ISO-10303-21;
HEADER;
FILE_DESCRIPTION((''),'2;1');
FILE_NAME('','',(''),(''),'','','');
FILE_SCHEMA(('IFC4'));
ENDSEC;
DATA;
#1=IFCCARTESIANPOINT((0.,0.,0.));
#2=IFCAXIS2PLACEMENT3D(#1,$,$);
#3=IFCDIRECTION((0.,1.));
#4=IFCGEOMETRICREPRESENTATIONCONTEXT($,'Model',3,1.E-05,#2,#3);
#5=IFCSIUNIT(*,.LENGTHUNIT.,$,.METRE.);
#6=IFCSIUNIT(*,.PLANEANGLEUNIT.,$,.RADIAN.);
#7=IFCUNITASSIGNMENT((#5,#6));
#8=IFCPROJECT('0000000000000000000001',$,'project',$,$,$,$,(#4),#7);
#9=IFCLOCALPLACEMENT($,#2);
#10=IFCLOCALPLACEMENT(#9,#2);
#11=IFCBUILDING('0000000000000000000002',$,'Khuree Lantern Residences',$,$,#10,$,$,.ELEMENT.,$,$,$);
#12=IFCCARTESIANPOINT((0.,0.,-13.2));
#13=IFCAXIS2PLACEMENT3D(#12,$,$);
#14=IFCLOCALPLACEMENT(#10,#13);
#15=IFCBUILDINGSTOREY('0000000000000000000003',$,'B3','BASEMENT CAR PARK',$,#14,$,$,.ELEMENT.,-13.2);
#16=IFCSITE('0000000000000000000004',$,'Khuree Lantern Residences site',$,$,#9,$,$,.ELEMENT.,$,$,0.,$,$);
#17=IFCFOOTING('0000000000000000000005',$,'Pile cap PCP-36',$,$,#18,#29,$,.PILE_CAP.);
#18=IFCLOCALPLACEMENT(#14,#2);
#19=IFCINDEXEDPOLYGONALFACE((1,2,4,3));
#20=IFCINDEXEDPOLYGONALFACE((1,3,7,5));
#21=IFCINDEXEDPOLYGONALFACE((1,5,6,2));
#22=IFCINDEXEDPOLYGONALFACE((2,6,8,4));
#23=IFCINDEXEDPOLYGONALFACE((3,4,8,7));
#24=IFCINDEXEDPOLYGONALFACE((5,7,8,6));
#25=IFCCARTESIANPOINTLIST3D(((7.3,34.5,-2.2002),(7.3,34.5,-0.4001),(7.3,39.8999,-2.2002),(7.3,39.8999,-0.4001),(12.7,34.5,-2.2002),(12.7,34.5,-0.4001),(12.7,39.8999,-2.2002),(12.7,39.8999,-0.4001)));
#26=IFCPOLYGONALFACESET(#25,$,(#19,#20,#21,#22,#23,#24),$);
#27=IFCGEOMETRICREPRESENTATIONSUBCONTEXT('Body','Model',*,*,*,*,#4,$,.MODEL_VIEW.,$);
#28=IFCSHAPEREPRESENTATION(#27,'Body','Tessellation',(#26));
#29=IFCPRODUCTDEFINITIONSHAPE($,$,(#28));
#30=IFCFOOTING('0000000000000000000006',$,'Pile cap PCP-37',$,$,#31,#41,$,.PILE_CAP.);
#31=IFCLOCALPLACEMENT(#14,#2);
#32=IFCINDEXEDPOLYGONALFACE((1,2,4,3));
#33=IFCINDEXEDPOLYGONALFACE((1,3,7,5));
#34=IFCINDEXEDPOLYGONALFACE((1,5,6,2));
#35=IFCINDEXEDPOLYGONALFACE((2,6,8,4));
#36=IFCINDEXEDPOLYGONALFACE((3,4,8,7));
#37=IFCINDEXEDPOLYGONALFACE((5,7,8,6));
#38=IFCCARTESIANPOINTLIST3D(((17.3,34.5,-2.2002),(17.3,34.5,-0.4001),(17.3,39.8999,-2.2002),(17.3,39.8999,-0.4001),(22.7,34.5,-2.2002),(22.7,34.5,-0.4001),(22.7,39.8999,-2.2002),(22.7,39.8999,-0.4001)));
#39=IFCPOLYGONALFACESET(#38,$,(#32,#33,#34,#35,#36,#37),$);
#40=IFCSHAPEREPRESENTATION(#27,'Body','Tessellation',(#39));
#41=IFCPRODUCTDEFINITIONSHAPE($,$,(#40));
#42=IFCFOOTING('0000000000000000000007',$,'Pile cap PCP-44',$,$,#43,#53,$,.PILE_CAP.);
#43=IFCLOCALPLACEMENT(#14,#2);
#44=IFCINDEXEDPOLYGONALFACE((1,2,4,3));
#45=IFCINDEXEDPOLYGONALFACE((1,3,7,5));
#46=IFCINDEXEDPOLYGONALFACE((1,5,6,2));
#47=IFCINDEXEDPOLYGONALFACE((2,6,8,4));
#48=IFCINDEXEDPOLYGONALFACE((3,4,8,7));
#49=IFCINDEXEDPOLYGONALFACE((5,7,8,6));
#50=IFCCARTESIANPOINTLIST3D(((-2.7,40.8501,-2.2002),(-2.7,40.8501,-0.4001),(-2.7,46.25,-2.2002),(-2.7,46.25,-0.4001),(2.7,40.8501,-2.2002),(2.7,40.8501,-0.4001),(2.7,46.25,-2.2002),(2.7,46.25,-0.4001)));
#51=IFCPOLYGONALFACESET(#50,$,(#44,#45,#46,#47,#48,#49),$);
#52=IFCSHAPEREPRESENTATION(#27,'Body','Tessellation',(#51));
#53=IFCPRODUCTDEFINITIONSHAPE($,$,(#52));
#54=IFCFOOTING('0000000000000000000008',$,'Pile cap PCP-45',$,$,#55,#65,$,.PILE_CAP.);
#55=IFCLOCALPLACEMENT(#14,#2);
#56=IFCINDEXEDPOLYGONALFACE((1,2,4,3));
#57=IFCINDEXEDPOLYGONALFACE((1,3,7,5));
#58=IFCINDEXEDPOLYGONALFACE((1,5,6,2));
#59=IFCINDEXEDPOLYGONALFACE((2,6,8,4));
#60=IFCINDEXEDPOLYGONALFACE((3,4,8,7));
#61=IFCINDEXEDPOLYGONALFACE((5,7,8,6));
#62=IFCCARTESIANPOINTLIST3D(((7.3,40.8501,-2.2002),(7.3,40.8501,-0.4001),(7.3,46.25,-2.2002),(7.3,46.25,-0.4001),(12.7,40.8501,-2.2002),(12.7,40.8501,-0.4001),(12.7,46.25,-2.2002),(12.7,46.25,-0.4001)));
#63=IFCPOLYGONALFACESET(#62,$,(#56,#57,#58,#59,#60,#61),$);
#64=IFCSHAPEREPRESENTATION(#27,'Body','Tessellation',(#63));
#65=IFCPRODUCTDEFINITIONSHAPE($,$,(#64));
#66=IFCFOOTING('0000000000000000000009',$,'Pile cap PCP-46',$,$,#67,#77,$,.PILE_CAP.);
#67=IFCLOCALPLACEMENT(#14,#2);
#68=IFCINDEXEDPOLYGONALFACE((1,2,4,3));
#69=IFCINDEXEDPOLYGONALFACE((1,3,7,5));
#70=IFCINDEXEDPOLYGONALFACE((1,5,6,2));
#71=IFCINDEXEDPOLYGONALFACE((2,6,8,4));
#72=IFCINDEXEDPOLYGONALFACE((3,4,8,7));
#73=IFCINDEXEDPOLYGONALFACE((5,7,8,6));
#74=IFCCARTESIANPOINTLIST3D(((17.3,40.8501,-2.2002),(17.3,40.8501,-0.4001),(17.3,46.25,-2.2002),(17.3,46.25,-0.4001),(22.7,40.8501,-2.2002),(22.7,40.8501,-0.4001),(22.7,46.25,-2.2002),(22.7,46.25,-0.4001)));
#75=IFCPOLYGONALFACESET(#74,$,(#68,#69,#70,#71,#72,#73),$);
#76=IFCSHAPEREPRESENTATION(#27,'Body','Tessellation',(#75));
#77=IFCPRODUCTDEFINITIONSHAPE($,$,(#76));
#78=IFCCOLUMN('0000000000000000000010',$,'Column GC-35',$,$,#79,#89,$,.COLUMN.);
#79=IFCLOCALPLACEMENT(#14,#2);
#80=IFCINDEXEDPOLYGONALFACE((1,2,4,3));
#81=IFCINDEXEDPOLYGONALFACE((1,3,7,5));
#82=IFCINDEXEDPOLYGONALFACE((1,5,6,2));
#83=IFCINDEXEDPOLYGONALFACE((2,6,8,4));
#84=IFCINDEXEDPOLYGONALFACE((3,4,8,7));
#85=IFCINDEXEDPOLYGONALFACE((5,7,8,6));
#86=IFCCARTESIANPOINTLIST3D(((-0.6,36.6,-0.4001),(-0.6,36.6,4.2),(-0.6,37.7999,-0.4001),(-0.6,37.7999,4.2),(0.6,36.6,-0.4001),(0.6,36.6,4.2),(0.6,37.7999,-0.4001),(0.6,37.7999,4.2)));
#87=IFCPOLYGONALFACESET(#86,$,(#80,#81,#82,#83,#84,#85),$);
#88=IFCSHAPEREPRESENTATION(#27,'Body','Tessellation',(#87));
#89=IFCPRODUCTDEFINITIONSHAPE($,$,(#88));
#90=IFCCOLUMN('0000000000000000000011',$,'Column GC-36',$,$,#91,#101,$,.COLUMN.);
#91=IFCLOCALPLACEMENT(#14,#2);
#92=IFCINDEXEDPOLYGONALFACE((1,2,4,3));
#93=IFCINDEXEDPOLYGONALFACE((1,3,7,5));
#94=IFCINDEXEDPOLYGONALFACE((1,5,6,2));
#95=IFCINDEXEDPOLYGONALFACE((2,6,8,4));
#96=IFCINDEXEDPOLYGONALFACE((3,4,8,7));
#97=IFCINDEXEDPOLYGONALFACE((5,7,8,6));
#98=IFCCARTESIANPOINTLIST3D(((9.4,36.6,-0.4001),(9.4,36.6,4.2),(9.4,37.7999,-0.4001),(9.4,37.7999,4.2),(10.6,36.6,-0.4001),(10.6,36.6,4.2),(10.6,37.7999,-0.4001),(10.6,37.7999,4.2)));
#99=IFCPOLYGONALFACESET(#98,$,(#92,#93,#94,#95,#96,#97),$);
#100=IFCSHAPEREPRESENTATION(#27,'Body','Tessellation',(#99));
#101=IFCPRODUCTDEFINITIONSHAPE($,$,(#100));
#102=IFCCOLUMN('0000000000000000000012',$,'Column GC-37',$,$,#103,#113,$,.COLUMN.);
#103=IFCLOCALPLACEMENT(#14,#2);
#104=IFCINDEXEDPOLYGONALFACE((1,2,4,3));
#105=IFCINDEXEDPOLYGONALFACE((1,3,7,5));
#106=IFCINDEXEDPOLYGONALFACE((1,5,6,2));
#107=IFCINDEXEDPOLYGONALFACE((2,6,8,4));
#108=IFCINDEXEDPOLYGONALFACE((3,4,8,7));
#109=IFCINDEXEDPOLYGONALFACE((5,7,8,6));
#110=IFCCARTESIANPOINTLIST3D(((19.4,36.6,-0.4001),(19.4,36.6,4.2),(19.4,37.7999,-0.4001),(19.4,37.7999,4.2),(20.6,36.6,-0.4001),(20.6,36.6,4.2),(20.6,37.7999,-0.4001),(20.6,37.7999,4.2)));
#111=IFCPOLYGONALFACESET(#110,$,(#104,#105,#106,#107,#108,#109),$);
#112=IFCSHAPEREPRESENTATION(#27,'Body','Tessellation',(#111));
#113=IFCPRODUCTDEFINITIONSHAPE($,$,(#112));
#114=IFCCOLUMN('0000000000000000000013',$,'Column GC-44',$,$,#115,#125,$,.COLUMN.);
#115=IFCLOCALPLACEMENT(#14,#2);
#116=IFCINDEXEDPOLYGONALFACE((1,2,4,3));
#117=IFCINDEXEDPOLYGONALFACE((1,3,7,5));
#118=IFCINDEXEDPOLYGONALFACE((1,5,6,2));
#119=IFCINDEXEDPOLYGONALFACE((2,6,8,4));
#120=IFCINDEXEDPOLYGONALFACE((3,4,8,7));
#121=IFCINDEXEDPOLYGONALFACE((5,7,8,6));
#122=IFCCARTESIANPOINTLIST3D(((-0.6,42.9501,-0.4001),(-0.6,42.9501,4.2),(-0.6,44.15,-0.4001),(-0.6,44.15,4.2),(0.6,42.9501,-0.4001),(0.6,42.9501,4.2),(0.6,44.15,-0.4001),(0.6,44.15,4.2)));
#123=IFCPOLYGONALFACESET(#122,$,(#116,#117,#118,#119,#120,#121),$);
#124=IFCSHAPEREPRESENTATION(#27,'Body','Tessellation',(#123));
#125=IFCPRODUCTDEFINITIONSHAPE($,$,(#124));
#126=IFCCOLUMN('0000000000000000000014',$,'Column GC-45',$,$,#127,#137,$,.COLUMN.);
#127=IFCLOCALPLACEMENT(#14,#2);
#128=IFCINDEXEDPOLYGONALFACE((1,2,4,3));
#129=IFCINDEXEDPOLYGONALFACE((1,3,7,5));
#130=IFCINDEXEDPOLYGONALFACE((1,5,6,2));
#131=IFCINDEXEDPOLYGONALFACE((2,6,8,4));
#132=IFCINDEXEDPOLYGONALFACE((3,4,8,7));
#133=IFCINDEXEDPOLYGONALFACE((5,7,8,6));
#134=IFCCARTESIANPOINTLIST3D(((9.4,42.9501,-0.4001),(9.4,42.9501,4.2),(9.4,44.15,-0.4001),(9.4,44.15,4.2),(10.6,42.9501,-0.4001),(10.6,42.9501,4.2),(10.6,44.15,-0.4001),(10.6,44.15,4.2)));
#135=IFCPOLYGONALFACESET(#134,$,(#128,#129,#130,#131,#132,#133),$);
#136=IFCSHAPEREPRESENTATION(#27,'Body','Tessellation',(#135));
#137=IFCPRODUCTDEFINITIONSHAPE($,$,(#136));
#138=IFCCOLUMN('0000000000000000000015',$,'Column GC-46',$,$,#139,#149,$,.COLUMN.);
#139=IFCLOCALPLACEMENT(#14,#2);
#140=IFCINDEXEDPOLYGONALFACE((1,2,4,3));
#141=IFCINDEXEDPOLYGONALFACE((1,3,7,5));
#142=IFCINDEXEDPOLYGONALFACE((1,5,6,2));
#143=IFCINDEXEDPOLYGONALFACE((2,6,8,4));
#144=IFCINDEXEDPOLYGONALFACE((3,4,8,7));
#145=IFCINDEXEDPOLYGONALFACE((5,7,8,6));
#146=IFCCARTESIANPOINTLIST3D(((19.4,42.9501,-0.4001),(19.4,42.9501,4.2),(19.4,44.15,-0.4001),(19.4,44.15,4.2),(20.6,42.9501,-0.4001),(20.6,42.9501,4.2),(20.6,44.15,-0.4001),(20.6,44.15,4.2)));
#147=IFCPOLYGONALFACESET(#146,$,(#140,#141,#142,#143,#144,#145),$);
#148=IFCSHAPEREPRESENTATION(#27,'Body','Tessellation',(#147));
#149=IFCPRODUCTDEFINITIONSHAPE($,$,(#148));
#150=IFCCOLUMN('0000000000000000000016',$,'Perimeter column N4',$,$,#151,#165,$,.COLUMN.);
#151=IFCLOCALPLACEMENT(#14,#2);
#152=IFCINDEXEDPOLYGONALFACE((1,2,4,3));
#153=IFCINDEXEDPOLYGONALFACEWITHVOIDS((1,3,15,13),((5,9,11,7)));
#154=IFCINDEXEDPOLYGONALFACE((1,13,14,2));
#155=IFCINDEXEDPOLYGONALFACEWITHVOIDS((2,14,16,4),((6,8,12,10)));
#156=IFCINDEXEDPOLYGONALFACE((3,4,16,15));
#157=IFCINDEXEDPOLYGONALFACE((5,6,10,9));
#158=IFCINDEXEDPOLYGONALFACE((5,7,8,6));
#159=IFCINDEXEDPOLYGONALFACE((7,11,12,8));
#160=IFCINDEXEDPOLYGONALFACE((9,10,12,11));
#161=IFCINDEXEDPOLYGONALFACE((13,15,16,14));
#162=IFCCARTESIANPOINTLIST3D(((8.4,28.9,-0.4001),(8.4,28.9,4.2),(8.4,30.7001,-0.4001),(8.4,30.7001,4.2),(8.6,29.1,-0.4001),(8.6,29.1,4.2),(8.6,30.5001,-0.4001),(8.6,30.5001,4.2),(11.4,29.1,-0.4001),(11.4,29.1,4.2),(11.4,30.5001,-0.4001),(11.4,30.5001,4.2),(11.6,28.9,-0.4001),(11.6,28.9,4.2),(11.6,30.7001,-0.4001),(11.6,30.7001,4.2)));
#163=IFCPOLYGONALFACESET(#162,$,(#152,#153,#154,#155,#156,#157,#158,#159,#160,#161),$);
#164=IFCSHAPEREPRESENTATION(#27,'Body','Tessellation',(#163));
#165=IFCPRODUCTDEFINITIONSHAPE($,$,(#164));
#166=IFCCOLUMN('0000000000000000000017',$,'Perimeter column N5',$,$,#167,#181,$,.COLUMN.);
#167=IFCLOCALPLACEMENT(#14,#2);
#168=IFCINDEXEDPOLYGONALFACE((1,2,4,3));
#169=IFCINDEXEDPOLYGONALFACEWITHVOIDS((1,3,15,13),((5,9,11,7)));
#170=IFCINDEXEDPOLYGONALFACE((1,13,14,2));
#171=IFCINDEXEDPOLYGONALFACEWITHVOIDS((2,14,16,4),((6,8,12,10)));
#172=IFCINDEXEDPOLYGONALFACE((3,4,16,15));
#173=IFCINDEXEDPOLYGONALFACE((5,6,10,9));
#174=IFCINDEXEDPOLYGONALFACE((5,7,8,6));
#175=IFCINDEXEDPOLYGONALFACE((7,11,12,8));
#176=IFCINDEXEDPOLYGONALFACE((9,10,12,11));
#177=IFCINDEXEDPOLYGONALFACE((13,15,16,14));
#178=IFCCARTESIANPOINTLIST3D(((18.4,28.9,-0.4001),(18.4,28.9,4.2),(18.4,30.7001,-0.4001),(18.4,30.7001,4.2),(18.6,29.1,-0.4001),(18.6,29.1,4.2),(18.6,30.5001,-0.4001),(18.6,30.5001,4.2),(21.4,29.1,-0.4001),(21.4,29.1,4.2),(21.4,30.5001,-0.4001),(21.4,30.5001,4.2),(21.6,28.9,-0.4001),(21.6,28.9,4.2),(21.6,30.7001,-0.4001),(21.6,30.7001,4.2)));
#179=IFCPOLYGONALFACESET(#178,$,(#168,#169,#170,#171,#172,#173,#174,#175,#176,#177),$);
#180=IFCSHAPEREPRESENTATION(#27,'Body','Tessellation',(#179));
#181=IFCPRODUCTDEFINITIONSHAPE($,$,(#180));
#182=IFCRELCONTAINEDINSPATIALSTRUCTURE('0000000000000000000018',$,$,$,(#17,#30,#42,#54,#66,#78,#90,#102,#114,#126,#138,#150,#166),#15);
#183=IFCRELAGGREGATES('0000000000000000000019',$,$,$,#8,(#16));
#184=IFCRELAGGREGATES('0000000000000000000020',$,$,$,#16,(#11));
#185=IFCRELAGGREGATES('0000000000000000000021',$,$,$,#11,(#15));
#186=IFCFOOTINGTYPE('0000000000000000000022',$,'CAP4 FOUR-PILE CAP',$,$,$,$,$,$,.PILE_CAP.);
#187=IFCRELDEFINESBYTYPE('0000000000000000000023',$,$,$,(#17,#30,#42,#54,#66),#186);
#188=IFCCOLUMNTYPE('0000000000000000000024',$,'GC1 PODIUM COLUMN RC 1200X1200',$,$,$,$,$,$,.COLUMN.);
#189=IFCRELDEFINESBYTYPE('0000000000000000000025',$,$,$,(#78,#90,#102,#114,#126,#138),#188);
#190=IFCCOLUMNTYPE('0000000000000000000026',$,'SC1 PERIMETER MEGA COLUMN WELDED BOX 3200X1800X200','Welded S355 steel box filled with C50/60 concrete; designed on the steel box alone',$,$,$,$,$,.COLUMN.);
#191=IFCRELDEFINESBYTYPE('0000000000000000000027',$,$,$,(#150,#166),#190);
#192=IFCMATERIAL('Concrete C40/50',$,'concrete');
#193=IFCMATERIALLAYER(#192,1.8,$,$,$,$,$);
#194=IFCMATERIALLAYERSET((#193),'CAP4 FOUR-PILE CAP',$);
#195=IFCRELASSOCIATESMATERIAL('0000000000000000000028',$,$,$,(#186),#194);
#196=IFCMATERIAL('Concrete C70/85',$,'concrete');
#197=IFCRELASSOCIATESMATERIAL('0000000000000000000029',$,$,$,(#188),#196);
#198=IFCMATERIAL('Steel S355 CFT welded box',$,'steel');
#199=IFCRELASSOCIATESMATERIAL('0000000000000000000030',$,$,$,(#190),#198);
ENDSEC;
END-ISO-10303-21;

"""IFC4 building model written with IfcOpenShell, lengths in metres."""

from ifc_helpers import new_model, si_unit, direction, frame, origin, origin_2d, place, context, subcontext, project, spatial, rectangle, hollow_rectangle, extrude, material, layer, layer_set, material_profile, profile_set, type_object, element, save


model = new_model("IFC4")

# Units and contexts
model_context = context("Model", 3, precision=1e-05, world=origin(), true_north=direction((0.0, 1.0)))
body_context = subcontext(model_context, "Body", "Model", "MODEL_VIEW")
ifc_project = project(units=[si_unit("LENGTHUNIT", "METRE"), si_unit("PLANEANGLEUNIT", "RADIAN")], contexts=[model_context])

# Site, building, storey
site_placement = place(None, origin())
site = spatial("IfcSite", under=ifc_project, at=site_placement, Name="Khuree Lantern Residences site", CompositionType="ELEMENT", RefElevation=0.0)
building_placement = place(site_placement, origin())
building = spatial("IfcBuilding", under=site, at=building_placement, Name="Khuree Lantern Residences", CompositionType="ELEMENT")
storey_placement = place(building_placement, frame((0.0, 0.0, -13.2)))
storey = spatial("IfcBuildingStorey", under=building, at=storey_placement, Name="B3", Description="BASEMENT CAR PARK", CompositionType="ELEMENT", Elevation=-13.2)

# Footings
ifc_material_1 = material(Name="Concrete C40/50", Category="concrete")
ifc_layer = layer(ifc_material_1, 1.8)
ifc_layer_set = layer_set([ifc_layer], Name="CAP4 FOUR-PILE CAP")
footing_type = type_object("IfcFootingType", Name="CAP4 FOUR-PILE CAP", PredefinedType="PILE_CAP", material=ifc_layer_set)
for number, where, z_axis, x_axis, name in (
    (1, (10.0, 37.2, -2.2002), (0.0, 0.0, 1.0), (1.0, 0.0, 0.0), "Pile cap PCP-36"),
    (2, (20.0, 37.2, -2.2002), (0.0, 0.0, 1.0), (1.0, 0.0, 0.0), "Pile cap PCP-37"),
    (3, (0.0, 43.55, -2.2002), (0.0, 0.0, 1.0), (1.0, 0.0, 0.0), "Pile cap PCP-44"),
    (4, (10.0, 43.55, -2.2002), (0.0, 0.0, 1.0), (1.0, 0.0, 0.0), "Pile cap PCP-45"),
    (5, (20.0, 43.55, -2.2002), (0.0, 0.0, 1.0), (1.0, 0.0, 0.0), "Pile cap PCP-46"),
):
    element("IfcFooting", number, at=place(storey_placement, frame(where, z_axis=z_axis, x_axis=x_axis)), inside=storey, type_object=footing_type, Name=name, PredefinedType="PILE_CAP", context=body_context, shape_type="SweptSolid", body=[
        extrude(rectangle(XDim=5.3999, YDim=5.3999, at=origin_2d()), origin(), (0.0, 0.0, 1.0), 1.8),
    ])

# Columns
ifc_material_2 = material(Name="Concrete C70/85", Category="concrete")
ifc_material_profile_1 = material_profile(ifc_material_2, rectangle(XDim=1.2, YDim=1.2, at=origin_2d()), Name="RC 1200X1200")
ifc_profile_set_1 = profile_set([ifc_material_profile_1], Name="Concrete C70/85")
column_type_1 = type_object("IfcColumnType", Name="GC1 PODIUM COLUMN RC 1200X1200", PredefinedType="COLUMN", material=ifc_profile_set_1)
for number, where, z_axis, x_axis, name in (
    (6, (0.0, 37.2, -0.4001), (0.0, 0.0, 1.0), (1.0, 0.0, 0.0), "Column GC-35"),
    (7, (10.0, 37.2, -0.4001), (0.0, 0.0, 1.0), (1.0, 0.0, 0.0), "Column GC-36"),
    (8, (20.0, 37.2, -0.4001), (0.0, 0.0, 1.0), (1.0, 0.0, 0.0), "Column GC-37"),
    (9, (0.0, 43.55, -0.4001), (0.0, 0.0, 1.0), (1.0, 0.0, 0.0), "Column GC-44"),
    (10, (10.0, 43.55, -0.4001), (0.0, 0.0, 1.0), (1.0, 0.0, 0.0), "Column GC-45"),
    (11, (20.0, 43.55, -0.4001), (0.0, 0.0, 1.0), (1.0, 0.0, 0.0), "Column GC-46"),
):
    element("IfcColumn", number, at=place(storey_placement, frame(where, z_axis=z_axis, x_axis=x_axis)), inside=storey, type_object=column_type_1, Name=name, PredefinedType="COLUMN", context=body_context, shape_type="SweptSolid", body=[
        extrude(rectangle(XDim=1.2, YDim=1.2, at=origin_2d()), origin(), (0.0, 0.0, 1.0), 4.6001),
    ])
ifc_material_3 = material(Name="Steel S355 CFT welded box", Category="steel")
ifc_material_profile_2 = material_profile(ifc_material_3, hollow_rectangle(XDim=3.2, YDim=1.8, WallThickness=0.2, at=origin_2d()), Name="WELDED BOX 3200X1800X200")
ifc_profile_set_2 = profile_set([ifc_material_profile_2], Name="Steel S355 CFT welded box")
column_type_2 = type_object("IfcColumnType", Name="SC1 PERIMETER MEGA COLUMN WELDED BOX 3200X1800X200", Description="Welded S355 steel box filled with C50/60 concrete; designed on the steel box alone", PredefinedType="COLUMN", material=ifc_profile_set_2)
for number, where, z_axis, x_axis, name in (
    (12, (10.0, 29.8, -0.4001), (0.0, 0.0, 1.0), (1.0, 0.0, 0.0), "Perimeter column N4"),
    (13, (20.0, 29.8, -0.4001), (0.0, 0.0, 1.0), (1.0, 0.0, 0.0), "Perimeter column N5"),
):
    element("IfcColumn", number, at=place(storey_placement, frame(where, z_axis=z_axis, x_axis=x_axis)), inside=storey, type_object=column_type_2, Name=name, PredefinedType="COLUMN", context=body_context, shape_type="SweptSolid", body=[
        extrude(hollow_rectangle(XDim=3.2, YDim=1.8, WallThickness=0.2, at=origin_2d()), origin(), (0.0, 0.0, 1.0), 4.6001),
    ])

save(model, "model.ifc")
